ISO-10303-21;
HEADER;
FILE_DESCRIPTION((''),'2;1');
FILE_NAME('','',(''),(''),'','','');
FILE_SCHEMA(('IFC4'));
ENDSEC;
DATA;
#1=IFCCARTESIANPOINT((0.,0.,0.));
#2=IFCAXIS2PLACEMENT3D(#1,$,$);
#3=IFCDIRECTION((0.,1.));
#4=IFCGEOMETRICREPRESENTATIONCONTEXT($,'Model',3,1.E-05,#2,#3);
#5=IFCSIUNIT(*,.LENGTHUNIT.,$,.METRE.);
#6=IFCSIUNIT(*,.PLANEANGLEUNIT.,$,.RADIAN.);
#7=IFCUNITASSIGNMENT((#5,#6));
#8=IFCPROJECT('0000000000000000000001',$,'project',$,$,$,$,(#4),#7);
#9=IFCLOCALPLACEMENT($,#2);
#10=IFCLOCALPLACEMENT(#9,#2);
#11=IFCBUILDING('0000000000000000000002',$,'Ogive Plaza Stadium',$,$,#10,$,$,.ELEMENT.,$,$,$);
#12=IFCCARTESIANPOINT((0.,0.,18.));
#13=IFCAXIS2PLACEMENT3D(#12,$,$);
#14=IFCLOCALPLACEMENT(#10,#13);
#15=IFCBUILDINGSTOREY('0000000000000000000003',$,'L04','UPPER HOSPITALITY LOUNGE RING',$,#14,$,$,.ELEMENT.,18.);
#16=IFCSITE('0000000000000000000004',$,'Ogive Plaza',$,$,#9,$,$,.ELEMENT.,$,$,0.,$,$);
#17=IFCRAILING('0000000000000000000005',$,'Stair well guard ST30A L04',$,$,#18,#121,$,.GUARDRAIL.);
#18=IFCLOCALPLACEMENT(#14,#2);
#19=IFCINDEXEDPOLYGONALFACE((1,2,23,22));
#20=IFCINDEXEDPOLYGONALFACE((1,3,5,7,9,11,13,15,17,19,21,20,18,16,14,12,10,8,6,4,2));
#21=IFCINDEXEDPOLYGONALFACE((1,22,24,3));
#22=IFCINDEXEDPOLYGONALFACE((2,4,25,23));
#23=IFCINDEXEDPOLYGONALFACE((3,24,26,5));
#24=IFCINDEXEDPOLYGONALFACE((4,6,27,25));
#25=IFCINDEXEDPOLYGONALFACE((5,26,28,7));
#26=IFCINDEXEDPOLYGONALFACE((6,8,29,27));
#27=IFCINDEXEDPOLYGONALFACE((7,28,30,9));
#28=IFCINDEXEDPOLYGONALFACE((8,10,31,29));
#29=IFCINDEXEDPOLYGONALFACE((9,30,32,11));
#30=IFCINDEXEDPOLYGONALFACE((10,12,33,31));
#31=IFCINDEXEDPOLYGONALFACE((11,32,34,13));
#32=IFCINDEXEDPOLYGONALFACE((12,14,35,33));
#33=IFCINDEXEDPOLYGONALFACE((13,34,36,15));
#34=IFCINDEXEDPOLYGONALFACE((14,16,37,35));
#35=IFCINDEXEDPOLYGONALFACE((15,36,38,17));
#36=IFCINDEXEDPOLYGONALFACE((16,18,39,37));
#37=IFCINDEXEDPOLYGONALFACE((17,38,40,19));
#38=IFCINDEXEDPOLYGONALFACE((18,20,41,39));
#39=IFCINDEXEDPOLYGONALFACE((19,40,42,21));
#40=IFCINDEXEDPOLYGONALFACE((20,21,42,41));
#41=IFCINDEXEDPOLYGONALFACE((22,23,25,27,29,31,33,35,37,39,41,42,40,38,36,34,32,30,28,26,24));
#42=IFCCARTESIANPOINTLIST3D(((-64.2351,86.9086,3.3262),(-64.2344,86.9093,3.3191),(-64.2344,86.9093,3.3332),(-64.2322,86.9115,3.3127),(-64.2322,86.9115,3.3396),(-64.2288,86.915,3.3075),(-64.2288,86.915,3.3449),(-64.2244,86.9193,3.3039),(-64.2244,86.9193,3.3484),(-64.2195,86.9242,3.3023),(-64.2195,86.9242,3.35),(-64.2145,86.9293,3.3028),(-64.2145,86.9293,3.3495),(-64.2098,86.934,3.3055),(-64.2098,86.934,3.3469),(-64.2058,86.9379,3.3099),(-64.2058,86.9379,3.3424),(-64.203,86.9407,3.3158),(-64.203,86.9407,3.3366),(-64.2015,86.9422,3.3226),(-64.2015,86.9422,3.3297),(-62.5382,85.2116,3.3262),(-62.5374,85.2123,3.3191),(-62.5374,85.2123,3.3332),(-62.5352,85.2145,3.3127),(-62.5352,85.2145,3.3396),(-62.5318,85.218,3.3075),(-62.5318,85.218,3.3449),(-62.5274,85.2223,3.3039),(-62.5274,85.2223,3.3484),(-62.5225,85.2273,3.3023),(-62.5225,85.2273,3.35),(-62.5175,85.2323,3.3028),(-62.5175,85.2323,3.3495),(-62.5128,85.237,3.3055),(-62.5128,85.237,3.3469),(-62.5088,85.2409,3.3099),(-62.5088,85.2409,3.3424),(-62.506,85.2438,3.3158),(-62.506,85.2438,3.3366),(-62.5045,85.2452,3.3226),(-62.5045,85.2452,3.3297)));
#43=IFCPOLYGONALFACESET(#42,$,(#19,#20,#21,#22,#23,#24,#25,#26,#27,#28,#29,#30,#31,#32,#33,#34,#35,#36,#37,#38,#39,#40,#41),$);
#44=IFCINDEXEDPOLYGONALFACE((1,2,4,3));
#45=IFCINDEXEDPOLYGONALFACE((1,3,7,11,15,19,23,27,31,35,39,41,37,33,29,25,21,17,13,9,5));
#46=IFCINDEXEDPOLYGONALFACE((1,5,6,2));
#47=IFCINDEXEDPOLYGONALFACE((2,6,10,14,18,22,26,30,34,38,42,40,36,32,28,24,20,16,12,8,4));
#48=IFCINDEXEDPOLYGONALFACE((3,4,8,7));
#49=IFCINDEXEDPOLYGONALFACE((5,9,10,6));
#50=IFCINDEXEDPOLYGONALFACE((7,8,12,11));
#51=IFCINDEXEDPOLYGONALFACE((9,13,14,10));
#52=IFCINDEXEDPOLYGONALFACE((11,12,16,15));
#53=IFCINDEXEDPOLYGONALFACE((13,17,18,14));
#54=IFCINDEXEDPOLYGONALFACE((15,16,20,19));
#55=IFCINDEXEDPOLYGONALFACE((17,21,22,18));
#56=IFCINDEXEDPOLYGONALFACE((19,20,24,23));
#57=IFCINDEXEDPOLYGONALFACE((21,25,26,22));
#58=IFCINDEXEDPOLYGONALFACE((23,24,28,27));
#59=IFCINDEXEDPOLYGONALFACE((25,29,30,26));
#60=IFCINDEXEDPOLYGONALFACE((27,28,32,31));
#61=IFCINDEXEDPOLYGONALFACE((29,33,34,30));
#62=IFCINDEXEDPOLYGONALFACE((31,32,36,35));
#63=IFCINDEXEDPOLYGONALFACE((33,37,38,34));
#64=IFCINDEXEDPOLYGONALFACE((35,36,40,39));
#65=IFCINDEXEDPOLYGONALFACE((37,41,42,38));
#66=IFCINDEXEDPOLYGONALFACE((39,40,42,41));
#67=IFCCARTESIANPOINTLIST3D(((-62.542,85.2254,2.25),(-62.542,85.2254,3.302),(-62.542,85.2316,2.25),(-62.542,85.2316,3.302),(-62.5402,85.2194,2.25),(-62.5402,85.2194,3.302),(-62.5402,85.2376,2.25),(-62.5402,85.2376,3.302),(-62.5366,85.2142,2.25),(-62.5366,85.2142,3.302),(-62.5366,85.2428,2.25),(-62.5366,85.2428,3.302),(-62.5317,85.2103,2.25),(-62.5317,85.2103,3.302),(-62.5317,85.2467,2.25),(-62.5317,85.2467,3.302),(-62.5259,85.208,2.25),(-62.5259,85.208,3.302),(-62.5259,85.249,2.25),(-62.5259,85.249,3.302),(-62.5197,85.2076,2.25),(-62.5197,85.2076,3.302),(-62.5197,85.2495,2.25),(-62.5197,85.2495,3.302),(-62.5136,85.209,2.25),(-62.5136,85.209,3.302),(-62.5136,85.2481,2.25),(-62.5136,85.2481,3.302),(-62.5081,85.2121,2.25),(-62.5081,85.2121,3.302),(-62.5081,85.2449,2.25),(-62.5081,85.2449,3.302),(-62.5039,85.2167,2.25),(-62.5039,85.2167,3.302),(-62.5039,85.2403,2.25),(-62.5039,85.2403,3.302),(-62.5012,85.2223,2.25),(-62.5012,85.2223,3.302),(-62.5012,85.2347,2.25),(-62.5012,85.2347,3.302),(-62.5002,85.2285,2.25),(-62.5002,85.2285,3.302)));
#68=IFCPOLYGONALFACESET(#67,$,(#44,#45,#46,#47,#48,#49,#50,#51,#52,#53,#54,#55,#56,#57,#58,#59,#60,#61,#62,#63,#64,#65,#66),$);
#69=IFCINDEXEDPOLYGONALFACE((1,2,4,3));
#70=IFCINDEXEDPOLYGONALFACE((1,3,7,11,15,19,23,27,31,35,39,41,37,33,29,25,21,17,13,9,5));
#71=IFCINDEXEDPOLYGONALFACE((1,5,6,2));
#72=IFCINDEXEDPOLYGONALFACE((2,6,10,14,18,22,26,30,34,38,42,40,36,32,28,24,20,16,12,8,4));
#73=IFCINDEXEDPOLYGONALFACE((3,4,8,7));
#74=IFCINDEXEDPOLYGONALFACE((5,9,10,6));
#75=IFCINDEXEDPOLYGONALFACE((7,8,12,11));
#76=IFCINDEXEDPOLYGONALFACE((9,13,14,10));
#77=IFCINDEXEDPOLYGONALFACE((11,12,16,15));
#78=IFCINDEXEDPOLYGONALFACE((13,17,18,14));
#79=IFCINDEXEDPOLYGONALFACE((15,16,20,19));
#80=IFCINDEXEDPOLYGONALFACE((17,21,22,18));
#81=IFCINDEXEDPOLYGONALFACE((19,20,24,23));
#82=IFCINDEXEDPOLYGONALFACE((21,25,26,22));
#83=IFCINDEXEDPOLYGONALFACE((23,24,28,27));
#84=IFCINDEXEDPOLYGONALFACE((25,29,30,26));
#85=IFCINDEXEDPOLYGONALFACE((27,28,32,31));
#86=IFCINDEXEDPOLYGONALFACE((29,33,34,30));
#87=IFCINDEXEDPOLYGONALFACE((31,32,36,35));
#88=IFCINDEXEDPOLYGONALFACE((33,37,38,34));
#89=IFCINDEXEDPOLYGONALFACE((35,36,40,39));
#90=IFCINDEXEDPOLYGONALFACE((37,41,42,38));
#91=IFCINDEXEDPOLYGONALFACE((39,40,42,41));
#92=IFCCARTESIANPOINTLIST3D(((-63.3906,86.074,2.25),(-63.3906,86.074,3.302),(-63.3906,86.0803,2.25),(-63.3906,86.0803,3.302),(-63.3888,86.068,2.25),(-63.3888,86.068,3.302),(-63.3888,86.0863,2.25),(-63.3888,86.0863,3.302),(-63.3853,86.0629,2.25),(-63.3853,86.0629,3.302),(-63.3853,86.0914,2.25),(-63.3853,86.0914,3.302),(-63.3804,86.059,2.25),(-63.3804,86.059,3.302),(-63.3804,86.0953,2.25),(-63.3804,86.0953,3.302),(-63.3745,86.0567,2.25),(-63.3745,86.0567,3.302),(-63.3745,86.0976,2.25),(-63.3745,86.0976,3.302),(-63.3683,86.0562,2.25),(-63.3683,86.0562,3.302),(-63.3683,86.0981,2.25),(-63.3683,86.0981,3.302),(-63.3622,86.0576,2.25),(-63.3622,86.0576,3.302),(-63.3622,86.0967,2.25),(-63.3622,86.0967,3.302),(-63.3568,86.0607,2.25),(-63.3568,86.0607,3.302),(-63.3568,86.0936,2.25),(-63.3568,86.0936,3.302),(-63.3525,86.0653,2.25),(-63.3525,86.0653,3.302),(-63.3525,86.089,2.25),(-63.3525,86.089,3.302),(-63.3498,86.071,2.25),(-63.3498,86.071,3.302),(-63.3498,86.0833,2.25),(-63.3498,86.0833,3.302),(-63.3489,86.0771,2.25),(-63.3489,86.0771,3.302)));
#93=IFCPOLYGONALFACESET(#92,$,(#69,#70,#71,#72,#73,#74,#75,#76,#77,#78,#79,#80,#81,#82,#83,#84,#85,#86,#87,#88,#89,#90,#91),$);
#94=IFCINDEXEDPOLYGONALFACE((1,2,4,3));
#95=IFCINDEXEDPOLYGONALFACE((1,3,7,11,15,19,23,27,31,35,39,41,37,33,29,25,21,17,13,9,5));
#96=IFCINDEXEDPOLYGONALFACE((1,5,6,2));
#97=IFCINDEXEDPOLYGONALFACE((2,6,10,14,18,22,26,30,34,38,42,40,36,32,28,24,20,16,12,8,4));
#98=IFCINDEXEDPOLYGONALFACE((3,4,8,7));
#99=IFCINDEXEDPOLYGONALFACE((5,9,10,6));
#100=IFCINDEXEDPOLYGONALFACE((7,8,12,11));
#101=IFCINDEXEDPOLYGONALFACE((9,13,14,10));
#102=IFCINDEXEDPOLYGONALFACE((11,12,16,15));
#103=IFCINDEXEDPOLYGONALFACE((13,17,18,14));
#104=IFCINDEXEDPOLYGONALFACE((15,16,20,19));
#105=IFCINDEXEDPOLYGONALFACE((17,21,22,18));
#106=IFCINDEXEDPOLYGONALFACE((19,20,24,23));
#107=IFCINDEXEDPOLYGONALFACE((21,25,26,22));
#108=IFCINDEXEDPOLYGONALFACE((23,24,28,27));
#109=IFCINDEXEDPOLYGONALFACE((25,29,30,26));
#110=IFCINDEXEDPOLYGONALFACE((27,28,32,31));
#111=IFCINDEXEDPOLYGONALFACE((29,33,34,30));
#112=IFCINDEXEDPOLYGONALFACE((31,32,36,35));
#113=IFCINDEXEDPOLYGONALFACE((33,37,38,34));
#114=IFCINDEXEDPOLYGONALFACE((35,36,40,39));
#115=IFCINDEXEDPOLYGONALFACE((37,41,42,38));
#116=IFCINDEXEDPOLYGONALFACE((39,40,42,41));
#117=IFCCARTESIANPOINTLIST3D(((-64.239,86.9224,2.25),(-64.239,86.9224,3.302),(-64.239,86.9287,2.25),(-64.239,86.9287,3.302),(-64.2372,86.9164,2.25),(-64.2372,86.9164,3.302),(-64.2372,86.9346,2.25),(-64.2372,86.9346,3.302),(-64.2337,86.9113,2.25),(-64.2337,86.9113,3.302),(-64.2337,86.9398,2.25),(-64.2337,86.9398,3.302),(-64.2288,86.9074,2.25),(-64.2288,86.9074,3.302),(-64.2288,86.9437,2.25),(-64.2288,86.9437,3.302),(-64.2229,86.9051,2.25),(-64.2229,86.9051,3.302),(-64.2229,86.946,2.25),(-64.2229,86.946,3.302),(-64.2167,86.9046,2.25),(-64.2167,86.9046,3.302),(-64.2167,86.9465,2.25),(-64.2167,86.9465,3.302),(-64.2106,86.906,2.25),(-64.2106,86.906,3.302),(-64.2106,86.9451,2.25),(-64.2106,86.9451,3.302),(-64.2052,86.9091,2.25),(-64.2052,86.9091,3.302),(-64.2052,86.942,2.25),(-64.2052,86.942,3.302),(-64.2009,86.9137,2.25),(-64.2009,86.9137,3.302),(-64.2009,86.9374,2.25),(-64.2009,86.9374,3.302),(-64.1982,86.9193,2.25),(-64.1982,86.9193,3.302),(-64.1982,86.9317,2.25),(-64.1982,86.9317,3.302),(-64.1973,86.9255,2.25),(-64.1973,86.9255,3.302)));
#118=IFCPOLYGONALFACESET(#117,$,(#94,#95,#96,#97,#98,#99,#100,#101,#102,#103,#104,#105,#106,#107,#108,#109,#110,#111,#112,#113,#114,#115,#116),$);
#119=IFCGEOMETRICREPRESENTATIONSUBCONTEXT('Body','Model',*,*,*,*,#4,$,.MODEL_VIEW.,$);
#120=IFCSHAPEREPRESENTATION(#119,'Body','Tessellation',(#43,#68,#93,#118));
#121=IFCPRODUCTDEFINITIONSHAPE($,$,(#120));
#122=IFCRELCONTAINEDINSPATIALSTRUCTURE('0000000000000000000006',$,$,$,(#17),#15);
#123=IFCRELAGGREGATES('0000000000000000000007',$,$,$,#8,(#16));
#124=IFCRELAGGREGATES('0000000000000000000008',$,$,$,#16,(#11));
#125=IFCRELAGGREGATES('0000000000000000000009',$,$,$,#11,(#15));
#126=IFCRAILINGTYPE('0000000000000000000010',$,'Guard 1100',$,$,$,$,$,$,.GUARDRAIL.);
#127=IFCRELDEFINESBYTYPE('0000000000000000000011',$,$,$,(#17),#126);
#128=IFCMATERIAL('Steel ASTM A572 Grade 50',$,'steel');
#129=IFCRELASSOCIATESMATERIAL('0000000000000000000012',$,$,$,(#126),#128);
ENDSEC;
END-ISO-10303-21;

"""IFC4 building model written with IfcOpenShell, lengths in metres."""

from ifc_helpers import new_model, si_unit, direction, frame, origin, origin_2d, place, context, subcontext, project, spatial, circle, extrude, material, type_object, element, save


model = new_model("IFC4")

# Units and contexts
model_context = context("Model", 3, precision=1e-05, world=origin(), true_north=direction((0.0, 1.0)))
body_context = subcontext(model_context, "Body", "Model", "MODEL_VIEW")
ifc_project = project(units=[si_unit("LENGTHUNIT", "METRE"), si_unit("PLANEANGLEUNIT", "RADIAN")], contexts=[model_context])

# Site, building, storey
site_placement = place(None, origin())
site = spatial("IfcSite", under=ifc_project, at=site_placement, Name="Ogive Plaza", CompositionType="ELEMENT", RefElevation=0.0)
building_placement = place(site_placement, origin())
building = spatial("IfcBuilding", under=site, at=building_placement, Name="Ogive Plaza Stadium", CompositionType="ELEMENT")
storey_placement = place(building_placement, frame((0.0, 0.0, 18.0)))
storey = spatial("IfcBuildingStorey", under=building, at=storey_placement, Name="L04", Description="UPPER HOSPITALITY LOUNGE RING", CompositionType="ELEMENT", Elevation=18.0)

# Railing
ifc_material_1 = material(Name="Steel ASTM A572 Grade 50", Category="steel")
railing_type_1 = type_object("IfcRailingType", Name="Guard 1100", PredefinedType="GUARDRAIL", material=ifc_material_1)
railing_placement = place(storey_placement, frame((-62.5212, 85.2285, 2.25)))
element("IfcRailing", 1, at=railing_placement, inside=storey, type_object=railing_type_1, Name="Stair well guard ST30A L04", PredefinedType="GUARDRAIL", context=body_context, shape_type="SweptSolid", body=[
    extrude(circle(Radius=0.0239, at=origin_2d()), frame((0.0, 0.0, 1.0762), z_axis=(-0.707107, 0.707107, 0.0), x_axis=(-0.707107, -0.707107, 0.0)), (0.0, 0.0, 1.0), 2.3999),
    extrude(circle(Radius=0.021, at=origin_2d()), origin(), (0.0, 0.0, 1.0), 1.052),
    extrude(circle(Radius=0.021, at=origin_2d()), frame((-0.8486, 0.8486, 0.0)), (0.0, 0.0, 1.0), 1.052),
    extrude(circle(Radius=0.021, at=origin_2d()), frame((-1.697, 1.697, 0.0)), (0.0, 0.0, 1.0), 1.052),
])

save(model, "model.ifc")
